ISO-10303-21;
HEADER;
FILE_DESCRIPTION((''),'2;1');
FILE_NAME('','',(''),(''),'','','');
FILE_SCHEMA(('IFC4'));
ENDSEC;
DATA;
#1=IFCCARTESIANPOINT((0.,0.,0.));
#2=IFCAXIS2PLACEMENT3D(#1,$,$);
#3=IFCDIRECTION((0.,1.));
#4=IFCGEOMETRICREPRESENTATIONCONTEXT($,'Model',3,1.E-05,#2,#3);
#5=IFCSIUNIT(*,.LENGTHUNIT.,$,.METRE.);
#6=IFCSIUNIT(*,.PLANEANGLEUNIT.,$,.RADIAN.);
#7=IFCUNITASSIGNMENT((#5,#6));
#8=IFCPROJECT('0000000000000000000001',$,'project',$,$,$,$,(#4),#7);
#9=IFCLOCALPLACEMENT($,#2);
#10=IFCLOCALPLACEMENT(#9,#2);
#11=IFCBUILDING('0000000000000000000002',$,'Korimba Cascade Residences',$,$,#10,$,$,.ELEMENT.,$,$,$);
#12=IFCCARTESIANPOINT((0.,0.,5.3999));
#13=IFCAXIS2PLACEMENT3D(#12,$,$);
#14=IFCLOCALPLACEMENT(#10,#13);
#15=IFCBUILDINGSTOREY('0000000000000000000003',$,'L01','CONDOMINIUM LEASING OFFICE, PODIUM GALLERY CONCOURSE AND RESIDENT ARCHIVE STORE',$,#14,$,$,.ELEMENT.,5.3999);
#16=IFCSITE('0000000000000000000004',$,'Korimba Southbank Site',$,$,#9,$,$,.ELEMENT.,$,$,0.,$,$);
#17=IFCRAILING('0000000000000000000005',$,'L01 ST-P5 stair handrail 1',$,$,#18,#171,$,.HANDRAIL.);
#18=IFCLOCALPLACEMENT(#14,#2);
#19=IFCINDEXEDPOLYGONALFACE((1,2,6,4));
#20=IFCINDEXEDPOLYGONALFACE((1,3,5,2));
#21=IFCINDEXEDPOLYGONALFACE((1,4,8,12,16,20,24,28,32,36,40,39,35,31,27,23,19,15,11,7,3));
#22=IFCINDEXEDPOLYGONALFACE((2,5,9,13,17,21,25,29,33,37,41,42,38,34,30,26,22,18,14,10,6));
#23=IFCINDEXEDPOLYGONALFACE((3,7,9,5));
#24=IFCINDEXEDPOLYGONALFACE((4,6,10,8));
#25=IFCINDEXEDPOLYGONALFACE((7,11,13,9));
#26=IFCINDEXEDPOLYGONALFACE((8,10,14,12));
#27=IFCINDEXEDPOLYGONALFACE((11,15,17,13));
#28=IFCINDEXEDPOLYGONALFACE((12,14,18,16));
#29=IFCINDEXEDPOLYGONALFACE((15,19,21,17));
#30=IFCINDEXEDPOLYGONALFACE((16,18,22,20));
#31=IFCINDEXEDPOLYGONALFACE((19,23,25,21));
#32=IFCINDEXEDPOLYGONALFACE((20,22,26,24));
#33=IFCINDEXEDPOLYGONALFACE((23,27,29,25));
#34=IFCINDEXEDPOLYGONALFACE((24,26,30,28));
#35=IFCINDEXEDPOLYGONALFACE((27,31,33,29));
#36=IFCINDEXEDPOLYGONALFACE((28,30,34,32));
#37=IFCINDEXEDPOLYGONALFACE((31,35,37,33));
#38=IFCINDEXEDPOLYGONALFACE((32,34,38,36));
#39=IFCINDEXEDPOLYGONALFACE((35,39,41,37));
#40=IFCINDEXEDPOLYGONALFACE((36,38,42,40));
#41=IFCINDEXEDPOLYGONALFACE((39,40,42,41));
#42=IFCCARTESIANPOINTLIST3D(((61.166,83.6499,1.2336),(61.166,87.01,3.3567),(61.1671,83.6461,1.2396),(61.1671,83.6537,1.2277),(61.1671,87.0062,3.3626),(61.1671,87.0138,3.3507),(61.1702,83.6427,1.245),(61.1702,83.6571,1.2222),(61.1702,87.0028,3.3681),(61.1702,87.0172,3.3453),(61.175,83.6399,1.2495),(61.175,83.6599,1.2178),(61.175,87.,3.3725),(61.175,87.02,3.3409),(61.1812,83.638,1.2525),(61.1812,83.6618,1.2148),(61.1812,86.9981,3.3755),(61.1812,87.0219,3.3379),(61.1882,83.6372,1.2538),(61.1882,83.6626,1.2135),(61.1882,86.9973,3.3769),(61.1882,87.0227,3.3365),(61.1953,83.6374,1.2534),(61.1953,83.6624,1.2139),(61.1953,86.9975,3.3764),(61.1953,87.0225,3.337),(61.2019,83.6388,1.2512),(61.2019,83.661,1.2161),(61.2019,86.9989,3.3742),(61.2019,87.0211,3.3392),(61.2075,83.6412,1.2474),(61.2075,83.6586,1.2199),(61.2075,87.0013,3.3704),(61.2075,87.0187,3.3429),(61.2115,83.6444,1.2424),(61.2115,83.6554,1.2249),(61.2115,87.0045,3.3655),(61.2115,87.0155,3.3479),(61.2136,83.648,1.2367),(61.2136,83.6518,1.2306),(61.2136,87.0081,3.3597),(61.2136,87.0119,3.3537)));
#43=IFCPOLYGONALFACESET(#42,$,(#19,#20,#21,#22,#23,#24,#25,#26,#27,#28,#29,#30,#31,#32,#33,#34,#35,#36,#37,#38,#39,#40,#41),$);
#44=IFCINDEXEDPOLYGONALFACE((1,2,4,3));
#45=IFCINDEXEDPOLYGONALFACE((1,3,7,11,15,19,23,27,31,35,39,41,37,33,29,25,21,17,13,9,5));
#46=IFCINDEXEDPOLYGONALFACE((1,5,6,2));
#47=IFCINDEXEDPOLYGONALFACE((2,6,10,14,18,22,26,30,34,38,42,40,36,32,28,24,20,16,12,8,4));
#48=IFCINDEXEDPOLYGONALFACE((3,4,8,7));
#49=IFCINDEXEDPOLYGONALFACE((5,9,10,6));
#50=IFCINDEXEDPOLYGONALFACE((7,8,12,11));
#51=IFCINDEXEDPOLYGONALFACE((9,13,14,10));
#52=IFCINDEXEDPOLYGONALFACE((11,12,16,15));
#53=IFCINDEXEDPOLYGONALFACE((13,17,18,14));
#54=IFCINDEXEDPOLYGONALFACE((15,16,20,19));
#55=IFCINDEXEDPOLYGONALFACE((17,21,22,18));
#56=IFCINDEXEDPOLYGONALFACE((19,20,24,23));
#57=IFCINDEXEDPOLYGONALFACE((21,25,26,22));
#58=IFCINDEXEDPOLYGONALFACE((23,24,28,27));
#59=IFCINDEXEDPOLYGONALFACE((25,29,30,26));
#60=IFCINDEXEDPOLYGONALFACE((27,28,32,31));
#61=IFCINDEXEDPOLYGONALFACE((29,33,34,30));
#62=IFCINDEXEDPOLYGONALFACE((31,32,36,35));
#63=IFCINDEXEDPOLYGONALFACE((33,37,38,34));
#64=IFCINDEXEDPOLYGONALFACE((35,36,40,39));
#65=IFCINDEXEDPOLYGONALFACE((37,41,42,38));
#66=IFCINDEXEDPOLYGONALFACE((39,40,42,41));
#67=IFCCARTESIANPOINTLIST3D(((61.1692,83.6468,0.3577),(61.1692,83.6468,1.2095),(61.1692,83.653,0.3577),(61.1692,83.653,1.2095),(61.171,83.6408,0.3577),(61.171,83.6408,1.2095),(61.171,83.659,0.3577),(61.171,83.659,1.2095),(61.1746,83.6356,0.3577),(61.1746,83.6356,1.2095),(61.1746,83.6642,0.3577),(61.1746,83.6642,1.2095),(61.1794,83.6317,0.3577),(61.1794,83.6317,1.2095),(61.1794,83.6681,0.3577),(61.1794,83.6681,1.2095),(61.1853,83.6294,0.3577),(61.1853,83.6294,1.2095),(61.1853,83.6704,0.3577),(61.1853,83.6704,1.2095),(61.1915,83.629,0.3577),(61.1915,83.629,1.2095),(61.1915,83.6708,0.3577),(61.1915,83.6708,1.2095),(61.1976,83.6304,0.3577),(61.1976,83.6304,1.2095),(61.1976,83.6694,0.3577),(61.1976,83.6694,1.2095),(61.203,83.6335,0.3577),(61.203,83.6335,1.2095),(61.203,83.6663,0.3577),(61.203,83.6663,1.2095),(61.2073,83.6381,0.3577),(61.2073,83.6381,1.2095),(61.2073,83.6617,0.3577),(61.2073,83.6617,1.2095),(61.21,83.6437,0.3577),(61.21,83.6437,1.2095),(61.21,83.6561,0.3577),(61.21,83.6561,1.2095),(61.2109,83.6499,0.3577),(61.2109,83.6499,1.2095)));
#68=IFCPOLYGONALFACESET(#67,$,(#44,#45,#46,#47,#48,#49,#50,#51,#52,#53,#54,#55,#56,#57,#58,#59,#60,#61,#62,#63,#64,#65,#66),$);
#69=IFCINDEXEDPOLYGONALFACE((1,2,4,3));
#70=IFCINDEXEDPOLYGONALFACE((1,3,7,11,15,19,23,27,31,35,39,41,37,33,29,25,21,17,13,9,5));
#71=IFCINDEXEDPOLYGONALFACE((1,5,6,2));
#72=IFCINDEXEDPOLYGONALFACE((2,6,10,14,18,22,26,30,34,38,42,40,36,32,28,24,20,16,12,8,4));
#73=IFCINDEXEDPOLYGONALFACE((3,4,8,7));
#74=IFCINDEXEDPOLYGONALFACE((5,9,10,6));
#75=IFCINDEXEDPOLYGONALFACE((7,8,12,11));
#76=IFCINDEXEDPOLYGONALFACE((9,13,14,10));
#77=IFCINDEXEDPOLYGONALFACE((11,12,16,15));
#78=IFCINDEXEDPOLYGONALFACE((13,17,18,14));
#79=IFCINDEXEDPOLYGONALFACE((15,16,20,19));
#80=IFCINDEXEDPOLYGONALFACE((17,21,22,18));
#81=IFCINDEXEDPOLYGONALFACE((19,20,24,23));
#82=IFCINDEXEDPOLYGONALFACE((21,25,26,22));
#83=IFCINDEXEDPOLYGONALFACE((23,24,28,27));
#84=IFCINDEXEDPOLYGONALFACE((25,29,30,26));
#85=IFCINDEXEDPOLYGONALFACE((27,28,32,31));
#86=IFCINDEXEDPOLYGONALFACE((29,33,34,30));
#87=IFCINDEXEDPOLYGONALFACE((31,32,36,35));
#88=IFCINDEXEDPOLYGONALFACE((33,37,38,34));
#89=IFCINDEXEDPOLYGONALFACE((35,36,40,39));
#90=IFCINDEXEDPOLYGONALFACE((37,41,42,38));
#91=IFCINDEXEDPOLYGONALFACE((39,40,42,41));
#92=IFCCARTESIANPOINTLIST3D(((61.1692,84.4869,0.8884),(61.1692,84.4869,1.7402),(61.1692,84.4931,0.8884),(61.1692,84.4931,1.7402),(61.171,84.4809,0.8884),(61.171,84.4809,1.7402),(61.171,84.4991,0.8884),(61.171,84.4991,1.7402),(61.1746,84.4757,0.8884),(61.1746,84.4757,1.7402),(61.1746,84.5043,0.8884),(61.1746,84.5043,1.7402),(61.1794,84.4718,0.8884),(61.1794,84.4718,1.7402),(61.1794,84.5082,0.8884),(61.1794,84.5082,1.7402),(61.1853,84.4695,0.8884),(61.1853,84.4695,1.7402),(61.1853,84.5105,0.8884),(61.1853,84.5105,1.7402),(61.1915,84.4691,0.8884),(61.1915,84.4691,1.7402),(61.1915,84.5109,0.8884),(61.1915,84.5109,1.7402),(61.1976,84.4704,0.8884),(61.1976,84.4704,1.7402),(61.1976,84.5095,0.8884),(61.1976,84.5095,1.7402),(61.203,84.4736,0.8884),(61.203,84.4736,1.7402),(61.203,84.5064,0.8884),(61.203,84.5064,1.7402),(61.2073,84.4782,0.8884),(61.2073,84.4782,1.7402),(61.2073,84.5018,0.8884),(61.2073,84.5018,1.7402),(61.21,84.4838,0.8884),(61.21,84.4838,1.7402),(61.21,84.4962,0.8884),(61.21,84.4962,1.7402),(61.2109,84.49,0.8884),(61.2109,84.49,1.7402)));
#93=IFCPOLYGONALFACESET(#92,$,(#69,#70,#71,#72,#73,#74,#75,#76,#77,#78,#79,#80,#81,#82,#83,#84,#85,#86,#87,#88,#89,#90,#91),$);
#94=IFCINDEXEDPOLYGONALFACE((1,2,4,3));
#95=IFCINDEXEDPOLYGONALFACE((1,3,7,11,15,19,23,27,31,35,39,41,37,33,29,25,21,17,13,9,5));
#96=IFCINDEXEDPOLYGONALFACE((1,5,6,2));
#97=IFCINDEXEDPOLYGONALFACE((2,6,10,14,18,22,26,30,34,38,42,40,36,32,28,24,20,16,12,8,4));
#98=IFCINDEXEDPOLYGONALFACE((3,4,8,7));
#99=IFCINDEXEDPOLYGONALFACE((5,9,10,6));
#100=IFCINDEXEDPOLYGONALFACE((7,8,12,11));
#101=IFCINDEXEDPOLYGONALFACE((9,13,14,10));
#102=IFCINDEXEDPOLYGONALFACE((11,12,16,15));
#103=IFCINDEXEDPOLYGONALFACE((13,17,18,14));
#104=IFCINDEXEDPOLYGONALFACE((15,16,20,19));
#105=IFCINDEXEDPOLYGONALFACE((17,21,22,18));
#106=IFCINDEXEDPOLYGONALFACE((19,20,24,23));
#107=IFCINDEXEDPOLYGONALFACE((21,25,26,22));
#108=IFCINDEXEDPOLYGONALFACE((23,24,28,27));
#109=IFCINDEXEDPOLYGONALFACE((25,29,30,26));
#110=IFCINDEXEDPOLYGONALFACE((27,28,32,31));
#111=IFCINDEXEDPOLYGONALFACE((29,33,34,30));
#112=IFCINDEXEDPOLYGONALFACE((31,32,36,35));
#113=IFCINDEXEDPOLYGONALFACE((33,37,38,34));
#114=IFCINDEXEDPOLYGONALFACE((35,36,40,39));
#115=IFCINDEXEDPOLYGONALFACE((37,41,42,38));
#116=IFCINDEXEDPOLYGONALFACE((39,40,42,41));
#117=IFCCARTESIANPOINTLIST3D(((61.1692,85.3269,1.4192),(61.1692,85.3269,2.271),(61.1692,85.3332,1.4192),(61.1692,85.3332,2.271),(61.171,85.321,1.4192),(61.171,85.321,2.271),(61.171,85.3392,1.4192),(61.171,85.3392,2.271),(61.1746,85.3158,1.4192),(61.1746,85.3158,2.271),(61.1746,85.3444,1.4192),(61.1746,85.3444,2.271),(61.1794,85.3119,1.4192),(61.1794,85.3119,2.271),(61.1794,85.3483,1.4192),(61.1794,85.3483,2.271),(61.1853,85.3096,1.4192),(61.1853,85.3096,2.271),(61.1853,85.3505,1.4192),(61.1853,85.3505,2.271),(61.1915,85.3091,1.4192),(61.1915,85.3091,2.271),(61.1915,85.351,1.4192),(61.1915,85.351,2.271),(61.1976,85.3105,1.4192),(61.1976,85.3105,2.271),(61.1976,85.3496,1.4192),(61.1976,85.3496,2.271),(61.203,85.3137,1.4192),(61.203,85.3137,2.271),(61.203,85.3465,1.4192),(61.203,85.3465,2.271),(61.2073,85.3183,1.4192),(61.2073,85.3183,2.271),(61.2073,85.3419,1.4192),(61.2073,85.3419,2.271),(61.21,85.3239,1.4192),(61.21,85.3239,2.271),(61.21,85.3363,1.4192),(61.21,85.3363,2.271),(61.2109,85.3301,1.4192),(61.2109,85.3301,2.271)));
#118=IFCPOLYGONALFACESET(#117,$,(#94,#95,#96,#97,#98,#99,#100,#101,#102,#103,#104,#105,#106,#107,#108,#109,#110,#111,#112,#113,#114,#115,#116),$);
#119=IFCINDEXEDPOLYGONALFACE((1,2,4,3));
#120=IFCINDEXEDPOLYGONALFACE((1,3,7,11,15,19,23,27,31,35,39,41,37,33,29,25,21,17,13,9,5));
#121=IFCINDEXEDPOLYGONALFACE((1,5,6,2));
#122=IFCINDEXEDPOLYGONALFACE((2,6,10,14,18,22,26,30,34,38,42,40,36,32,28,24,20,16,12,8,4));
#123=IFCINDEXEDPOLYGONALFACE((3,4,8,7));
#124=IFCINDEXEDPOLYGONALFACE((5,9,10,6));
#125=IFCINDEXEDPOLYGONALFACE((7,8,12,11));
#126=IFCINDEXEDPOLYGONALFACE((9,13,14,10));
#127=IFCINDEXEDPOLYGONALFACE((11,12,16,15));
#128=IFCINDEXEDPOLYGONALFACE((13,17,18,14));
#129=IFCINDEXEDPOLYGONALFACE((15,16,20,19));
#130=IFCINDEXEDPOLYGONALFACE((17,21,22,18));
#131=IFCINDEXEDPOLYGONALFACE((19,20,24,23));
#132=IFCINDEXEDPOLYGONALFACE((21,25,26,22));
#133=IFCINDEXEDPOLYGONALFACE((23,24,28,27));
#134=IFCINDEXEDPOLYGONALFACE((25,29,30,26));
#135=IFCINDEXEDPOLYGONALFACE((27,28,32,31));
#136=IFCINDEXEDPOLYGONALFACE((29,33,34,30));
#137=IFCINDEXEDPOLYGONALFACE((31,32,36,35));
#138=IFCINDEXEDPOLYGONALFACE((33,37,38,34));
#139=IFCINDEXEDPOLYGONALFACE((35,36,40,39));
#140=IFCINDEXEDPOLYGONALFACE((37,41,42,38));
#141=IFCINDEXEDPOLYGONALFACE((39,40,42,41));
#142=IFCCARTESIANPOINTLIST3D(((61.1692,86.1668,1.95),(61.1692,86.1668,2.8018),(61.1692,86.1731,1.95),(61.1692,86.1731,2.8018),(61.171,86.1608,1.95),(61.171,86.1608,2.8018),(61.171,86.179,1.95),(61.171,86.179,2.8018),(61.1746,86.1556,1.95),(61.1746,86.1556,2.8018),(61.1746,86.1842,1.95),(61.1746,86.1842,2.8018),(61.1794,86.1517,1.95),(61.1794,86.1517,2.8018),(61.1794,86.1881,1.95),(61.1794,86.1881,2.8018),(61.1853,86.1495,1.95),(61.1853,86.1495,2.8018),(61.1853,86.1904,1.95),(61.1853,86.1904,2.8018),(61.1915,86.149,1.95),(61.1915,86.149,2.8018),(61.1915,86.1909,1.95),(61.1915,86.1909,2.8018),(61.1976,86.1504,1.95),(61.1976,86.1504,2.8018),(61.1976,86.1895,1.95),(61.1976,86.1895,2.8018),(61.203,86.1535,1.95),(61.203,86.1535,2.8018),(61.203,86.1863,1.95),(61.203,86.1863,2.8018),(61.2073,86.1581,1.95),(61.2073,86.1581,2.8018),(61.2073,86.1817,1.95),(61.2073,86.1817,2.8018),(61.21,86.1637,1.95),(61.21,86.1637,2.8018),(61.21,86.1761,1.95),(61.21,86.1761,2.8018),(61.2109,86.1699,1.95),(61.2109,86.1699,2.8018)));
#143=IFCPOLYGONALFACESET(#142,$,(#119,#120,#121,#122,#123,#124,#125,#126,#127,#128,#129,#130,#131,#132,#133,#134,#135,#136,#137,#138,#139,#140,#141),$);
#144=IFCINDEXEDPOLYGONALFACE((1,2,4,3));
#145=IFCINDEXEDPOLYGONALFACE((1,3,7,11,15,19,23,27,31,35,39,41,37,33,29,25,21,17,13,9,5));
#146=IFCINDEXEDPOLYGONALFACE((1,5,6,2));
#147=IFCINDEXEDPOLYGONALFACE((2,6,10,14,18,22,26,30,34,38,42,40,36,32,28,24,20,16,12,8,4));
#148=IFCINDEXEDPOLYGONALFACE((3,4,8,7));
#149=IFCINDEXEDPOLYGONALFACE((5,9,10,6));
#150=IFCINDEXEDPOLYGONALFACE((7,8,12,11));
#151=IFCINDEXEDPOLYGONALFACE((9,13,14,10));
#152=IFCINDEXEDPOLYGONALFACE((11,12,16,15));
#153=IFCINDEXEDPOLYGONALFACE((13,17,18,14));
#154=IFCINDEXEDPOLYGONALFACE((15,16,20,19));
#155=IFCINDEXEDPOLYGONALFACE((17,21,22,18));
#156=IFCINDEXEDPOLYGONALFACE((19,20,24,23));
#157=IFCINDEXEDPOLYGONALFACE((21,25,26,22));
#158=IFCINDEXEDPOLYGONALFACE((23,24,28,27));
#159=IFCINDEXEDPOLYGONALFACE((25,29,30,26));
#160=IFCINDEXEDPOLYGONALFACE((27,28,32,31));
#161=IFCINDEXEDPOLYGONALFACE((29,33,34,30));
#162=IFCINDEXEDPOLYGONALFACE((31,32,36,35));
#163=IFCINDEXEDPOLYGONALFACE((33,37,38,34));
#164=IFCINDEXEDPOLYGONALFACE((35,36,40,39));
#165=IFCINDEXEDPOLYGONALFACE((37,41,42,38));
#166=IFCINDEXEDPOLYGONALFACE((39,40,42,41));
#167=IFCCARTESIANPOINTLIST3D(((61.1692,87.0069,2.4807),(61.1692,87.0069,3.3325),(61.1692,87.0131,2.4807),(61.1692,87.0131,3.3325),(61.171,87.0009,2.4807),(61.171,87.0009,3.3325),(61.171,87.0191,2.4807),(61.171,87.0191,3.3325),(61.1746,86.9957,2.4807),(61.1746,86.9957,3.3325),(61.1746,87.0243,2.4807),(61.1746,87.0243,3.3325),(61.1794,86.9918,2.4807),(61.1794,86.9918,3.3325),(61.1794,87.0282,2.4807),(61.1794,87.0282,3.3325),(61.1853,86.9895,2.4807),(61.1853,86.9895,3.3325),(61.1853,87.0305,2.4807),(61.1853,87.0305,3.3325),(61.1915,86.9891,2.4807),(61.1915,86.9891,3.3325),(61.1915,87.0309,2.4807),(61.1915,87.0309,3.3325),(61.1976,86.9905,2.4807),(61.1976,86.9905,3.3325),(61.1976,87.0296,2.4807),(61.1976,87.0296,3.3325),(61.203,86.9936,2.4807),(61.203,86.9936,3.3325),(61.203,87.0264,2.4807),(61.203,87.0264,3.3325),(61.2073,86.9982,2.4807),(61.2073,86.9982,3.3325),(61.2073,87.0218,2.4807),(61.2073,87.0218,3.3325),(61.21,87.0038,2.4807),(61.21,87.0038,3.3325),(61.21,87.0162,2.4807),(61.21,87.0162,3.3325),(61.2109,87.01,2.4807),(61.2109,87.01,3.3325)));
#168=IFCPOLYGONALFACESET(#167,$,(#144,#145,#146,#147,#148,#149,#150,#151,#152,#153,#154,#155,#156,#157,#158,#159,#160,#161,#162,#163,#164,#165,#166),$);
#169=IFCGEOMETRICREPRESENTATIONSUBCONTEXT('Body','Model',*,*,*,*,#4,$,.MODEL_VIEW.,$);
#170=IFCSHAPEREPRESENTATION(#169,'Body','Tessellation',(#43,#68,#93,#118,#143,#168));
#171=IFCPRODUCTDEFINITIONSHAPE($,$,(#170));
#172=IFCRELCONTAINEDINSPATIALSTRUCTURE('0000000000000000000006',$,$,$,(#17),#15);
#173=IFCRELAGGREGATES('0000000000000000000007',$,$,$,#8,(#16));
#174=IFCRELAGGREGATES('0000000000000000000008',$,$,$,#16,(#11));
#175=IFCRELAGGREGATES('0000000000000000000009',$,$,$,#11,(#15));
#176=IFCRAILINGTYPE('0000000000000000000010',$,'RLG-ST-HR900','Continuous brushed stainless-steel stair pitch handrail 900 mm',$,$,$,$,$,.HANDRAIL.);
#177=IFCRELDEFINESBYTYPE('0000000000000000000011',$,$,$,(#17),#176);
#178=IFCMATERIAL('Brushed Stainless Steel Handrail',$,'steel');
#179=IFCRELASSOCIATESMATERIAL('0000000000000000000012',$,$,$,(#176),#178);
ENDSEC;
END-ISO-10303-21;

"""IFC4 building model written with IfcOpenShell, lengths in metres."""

from ifc_helpers import new_model, si_unit, direction, frame, origin, origin_2d, place, context, subcontext, project, spatial, circle, extrude, material, type_object, element, save


model = new_model("IFC4")

# Units and contexts
model_context = context("Model", 3, precision=1e-05, world=origin(), true_north=direction((0.0, 1.0)))
body_context = subcontext(model_context, "Body", "Model", "MODEL_VIEW")
ifc_project = project(units=[si_unit("LENGTHUNIT", "METRE"), si_unit("PLANEANGLEUNIT", "RADIAN")], contexts=[model_context])

# Site, building, storey
site_placement = place(None, origin())
site = spatial("IfcSite", under=ifc_project, at=site_placement, Name="Korimba Southbank Site", CompositionType="ELEMENT", RefElevation=0.0)
building_placement = place(site_placement, origin())
building = spatial("IfcBuilding", under=site, at=building_placement, Name="Korimba Cascade Residences", CompositionType="ELEMENT")
storey_placement = place(building_placement, frame((0.0, 0.0, 5.3999)))
storey = spatial("IfcBuildingStorey", under=building, at=storey_placement, Name="L01", Description="CONDOMINIUM LEASING OFFICE, PODIUM GALLERY CONCOURSE AND RESIDENT ARCHIVE STORE", CompositionType="ELEMENT", Elevation=5.3999)

# Railing
ifc_material_1 = material(Name="Brushed Stainless Steel Handrail", Category="steel")
railing_type_1 = type_object("IfcRailingType", Name="RLG-ST-HR900", Description="Continuous brushed stainless-steel stair pitch handrail 900 mm", PredefinedType="HANDRAIL", material=ifc_material_1)
railing_1_placement = place(storey_placement, frame((61.1899, 83.6499, 0.3577)))
element("IfcRailing", 1, at=railing_1_placement, inside=storey, type_object=railing_type_1, Name="L01 ST-P5 stair handrail 1", PredefinedType="HANDRAIL", context=body_context, shape_type="SweptSolid", body=[
    extrude(circle(Radius=0.0239, at=origin_2d()), frame((0.0, 0.0, 0.876), z_axis=(0.0, 0.84539, 0.53415), x_axis=(-1.0, 0.0, 0.0)), (0.0, 0.0, 1.0), 3.9746),
    extrude(circle(Radius=0.021, at=origin_2d()), origin(), (0.0, 0.0, 1.0), 0.8518),
    extrude(circle(Radius=0.021, at=origin_2d()), frame((0.0, 0.8401, 0.5308)), (0.0, 0.0, 1.0), 0.8518),
    extrude(circle(Radius=0.021, at=origin_2d()), frame((0.0, 1.6802, 1.0615)), (0.0, 0.0, 1.0), 0.8518),
    extrude(circle(Radius=0.021, at=origin_2d()), frame((0.0, 2.52, 1.5923)), (0.0, 0.0, 1.0), 0.8518),
    extrude(circle(Radius=0.021, at=origin_2d()), frame((0.0, 3.3601, 2.123)), (0.0, 0.0, 1.0), 0.8518),
])

save(model, "model.ifc")
